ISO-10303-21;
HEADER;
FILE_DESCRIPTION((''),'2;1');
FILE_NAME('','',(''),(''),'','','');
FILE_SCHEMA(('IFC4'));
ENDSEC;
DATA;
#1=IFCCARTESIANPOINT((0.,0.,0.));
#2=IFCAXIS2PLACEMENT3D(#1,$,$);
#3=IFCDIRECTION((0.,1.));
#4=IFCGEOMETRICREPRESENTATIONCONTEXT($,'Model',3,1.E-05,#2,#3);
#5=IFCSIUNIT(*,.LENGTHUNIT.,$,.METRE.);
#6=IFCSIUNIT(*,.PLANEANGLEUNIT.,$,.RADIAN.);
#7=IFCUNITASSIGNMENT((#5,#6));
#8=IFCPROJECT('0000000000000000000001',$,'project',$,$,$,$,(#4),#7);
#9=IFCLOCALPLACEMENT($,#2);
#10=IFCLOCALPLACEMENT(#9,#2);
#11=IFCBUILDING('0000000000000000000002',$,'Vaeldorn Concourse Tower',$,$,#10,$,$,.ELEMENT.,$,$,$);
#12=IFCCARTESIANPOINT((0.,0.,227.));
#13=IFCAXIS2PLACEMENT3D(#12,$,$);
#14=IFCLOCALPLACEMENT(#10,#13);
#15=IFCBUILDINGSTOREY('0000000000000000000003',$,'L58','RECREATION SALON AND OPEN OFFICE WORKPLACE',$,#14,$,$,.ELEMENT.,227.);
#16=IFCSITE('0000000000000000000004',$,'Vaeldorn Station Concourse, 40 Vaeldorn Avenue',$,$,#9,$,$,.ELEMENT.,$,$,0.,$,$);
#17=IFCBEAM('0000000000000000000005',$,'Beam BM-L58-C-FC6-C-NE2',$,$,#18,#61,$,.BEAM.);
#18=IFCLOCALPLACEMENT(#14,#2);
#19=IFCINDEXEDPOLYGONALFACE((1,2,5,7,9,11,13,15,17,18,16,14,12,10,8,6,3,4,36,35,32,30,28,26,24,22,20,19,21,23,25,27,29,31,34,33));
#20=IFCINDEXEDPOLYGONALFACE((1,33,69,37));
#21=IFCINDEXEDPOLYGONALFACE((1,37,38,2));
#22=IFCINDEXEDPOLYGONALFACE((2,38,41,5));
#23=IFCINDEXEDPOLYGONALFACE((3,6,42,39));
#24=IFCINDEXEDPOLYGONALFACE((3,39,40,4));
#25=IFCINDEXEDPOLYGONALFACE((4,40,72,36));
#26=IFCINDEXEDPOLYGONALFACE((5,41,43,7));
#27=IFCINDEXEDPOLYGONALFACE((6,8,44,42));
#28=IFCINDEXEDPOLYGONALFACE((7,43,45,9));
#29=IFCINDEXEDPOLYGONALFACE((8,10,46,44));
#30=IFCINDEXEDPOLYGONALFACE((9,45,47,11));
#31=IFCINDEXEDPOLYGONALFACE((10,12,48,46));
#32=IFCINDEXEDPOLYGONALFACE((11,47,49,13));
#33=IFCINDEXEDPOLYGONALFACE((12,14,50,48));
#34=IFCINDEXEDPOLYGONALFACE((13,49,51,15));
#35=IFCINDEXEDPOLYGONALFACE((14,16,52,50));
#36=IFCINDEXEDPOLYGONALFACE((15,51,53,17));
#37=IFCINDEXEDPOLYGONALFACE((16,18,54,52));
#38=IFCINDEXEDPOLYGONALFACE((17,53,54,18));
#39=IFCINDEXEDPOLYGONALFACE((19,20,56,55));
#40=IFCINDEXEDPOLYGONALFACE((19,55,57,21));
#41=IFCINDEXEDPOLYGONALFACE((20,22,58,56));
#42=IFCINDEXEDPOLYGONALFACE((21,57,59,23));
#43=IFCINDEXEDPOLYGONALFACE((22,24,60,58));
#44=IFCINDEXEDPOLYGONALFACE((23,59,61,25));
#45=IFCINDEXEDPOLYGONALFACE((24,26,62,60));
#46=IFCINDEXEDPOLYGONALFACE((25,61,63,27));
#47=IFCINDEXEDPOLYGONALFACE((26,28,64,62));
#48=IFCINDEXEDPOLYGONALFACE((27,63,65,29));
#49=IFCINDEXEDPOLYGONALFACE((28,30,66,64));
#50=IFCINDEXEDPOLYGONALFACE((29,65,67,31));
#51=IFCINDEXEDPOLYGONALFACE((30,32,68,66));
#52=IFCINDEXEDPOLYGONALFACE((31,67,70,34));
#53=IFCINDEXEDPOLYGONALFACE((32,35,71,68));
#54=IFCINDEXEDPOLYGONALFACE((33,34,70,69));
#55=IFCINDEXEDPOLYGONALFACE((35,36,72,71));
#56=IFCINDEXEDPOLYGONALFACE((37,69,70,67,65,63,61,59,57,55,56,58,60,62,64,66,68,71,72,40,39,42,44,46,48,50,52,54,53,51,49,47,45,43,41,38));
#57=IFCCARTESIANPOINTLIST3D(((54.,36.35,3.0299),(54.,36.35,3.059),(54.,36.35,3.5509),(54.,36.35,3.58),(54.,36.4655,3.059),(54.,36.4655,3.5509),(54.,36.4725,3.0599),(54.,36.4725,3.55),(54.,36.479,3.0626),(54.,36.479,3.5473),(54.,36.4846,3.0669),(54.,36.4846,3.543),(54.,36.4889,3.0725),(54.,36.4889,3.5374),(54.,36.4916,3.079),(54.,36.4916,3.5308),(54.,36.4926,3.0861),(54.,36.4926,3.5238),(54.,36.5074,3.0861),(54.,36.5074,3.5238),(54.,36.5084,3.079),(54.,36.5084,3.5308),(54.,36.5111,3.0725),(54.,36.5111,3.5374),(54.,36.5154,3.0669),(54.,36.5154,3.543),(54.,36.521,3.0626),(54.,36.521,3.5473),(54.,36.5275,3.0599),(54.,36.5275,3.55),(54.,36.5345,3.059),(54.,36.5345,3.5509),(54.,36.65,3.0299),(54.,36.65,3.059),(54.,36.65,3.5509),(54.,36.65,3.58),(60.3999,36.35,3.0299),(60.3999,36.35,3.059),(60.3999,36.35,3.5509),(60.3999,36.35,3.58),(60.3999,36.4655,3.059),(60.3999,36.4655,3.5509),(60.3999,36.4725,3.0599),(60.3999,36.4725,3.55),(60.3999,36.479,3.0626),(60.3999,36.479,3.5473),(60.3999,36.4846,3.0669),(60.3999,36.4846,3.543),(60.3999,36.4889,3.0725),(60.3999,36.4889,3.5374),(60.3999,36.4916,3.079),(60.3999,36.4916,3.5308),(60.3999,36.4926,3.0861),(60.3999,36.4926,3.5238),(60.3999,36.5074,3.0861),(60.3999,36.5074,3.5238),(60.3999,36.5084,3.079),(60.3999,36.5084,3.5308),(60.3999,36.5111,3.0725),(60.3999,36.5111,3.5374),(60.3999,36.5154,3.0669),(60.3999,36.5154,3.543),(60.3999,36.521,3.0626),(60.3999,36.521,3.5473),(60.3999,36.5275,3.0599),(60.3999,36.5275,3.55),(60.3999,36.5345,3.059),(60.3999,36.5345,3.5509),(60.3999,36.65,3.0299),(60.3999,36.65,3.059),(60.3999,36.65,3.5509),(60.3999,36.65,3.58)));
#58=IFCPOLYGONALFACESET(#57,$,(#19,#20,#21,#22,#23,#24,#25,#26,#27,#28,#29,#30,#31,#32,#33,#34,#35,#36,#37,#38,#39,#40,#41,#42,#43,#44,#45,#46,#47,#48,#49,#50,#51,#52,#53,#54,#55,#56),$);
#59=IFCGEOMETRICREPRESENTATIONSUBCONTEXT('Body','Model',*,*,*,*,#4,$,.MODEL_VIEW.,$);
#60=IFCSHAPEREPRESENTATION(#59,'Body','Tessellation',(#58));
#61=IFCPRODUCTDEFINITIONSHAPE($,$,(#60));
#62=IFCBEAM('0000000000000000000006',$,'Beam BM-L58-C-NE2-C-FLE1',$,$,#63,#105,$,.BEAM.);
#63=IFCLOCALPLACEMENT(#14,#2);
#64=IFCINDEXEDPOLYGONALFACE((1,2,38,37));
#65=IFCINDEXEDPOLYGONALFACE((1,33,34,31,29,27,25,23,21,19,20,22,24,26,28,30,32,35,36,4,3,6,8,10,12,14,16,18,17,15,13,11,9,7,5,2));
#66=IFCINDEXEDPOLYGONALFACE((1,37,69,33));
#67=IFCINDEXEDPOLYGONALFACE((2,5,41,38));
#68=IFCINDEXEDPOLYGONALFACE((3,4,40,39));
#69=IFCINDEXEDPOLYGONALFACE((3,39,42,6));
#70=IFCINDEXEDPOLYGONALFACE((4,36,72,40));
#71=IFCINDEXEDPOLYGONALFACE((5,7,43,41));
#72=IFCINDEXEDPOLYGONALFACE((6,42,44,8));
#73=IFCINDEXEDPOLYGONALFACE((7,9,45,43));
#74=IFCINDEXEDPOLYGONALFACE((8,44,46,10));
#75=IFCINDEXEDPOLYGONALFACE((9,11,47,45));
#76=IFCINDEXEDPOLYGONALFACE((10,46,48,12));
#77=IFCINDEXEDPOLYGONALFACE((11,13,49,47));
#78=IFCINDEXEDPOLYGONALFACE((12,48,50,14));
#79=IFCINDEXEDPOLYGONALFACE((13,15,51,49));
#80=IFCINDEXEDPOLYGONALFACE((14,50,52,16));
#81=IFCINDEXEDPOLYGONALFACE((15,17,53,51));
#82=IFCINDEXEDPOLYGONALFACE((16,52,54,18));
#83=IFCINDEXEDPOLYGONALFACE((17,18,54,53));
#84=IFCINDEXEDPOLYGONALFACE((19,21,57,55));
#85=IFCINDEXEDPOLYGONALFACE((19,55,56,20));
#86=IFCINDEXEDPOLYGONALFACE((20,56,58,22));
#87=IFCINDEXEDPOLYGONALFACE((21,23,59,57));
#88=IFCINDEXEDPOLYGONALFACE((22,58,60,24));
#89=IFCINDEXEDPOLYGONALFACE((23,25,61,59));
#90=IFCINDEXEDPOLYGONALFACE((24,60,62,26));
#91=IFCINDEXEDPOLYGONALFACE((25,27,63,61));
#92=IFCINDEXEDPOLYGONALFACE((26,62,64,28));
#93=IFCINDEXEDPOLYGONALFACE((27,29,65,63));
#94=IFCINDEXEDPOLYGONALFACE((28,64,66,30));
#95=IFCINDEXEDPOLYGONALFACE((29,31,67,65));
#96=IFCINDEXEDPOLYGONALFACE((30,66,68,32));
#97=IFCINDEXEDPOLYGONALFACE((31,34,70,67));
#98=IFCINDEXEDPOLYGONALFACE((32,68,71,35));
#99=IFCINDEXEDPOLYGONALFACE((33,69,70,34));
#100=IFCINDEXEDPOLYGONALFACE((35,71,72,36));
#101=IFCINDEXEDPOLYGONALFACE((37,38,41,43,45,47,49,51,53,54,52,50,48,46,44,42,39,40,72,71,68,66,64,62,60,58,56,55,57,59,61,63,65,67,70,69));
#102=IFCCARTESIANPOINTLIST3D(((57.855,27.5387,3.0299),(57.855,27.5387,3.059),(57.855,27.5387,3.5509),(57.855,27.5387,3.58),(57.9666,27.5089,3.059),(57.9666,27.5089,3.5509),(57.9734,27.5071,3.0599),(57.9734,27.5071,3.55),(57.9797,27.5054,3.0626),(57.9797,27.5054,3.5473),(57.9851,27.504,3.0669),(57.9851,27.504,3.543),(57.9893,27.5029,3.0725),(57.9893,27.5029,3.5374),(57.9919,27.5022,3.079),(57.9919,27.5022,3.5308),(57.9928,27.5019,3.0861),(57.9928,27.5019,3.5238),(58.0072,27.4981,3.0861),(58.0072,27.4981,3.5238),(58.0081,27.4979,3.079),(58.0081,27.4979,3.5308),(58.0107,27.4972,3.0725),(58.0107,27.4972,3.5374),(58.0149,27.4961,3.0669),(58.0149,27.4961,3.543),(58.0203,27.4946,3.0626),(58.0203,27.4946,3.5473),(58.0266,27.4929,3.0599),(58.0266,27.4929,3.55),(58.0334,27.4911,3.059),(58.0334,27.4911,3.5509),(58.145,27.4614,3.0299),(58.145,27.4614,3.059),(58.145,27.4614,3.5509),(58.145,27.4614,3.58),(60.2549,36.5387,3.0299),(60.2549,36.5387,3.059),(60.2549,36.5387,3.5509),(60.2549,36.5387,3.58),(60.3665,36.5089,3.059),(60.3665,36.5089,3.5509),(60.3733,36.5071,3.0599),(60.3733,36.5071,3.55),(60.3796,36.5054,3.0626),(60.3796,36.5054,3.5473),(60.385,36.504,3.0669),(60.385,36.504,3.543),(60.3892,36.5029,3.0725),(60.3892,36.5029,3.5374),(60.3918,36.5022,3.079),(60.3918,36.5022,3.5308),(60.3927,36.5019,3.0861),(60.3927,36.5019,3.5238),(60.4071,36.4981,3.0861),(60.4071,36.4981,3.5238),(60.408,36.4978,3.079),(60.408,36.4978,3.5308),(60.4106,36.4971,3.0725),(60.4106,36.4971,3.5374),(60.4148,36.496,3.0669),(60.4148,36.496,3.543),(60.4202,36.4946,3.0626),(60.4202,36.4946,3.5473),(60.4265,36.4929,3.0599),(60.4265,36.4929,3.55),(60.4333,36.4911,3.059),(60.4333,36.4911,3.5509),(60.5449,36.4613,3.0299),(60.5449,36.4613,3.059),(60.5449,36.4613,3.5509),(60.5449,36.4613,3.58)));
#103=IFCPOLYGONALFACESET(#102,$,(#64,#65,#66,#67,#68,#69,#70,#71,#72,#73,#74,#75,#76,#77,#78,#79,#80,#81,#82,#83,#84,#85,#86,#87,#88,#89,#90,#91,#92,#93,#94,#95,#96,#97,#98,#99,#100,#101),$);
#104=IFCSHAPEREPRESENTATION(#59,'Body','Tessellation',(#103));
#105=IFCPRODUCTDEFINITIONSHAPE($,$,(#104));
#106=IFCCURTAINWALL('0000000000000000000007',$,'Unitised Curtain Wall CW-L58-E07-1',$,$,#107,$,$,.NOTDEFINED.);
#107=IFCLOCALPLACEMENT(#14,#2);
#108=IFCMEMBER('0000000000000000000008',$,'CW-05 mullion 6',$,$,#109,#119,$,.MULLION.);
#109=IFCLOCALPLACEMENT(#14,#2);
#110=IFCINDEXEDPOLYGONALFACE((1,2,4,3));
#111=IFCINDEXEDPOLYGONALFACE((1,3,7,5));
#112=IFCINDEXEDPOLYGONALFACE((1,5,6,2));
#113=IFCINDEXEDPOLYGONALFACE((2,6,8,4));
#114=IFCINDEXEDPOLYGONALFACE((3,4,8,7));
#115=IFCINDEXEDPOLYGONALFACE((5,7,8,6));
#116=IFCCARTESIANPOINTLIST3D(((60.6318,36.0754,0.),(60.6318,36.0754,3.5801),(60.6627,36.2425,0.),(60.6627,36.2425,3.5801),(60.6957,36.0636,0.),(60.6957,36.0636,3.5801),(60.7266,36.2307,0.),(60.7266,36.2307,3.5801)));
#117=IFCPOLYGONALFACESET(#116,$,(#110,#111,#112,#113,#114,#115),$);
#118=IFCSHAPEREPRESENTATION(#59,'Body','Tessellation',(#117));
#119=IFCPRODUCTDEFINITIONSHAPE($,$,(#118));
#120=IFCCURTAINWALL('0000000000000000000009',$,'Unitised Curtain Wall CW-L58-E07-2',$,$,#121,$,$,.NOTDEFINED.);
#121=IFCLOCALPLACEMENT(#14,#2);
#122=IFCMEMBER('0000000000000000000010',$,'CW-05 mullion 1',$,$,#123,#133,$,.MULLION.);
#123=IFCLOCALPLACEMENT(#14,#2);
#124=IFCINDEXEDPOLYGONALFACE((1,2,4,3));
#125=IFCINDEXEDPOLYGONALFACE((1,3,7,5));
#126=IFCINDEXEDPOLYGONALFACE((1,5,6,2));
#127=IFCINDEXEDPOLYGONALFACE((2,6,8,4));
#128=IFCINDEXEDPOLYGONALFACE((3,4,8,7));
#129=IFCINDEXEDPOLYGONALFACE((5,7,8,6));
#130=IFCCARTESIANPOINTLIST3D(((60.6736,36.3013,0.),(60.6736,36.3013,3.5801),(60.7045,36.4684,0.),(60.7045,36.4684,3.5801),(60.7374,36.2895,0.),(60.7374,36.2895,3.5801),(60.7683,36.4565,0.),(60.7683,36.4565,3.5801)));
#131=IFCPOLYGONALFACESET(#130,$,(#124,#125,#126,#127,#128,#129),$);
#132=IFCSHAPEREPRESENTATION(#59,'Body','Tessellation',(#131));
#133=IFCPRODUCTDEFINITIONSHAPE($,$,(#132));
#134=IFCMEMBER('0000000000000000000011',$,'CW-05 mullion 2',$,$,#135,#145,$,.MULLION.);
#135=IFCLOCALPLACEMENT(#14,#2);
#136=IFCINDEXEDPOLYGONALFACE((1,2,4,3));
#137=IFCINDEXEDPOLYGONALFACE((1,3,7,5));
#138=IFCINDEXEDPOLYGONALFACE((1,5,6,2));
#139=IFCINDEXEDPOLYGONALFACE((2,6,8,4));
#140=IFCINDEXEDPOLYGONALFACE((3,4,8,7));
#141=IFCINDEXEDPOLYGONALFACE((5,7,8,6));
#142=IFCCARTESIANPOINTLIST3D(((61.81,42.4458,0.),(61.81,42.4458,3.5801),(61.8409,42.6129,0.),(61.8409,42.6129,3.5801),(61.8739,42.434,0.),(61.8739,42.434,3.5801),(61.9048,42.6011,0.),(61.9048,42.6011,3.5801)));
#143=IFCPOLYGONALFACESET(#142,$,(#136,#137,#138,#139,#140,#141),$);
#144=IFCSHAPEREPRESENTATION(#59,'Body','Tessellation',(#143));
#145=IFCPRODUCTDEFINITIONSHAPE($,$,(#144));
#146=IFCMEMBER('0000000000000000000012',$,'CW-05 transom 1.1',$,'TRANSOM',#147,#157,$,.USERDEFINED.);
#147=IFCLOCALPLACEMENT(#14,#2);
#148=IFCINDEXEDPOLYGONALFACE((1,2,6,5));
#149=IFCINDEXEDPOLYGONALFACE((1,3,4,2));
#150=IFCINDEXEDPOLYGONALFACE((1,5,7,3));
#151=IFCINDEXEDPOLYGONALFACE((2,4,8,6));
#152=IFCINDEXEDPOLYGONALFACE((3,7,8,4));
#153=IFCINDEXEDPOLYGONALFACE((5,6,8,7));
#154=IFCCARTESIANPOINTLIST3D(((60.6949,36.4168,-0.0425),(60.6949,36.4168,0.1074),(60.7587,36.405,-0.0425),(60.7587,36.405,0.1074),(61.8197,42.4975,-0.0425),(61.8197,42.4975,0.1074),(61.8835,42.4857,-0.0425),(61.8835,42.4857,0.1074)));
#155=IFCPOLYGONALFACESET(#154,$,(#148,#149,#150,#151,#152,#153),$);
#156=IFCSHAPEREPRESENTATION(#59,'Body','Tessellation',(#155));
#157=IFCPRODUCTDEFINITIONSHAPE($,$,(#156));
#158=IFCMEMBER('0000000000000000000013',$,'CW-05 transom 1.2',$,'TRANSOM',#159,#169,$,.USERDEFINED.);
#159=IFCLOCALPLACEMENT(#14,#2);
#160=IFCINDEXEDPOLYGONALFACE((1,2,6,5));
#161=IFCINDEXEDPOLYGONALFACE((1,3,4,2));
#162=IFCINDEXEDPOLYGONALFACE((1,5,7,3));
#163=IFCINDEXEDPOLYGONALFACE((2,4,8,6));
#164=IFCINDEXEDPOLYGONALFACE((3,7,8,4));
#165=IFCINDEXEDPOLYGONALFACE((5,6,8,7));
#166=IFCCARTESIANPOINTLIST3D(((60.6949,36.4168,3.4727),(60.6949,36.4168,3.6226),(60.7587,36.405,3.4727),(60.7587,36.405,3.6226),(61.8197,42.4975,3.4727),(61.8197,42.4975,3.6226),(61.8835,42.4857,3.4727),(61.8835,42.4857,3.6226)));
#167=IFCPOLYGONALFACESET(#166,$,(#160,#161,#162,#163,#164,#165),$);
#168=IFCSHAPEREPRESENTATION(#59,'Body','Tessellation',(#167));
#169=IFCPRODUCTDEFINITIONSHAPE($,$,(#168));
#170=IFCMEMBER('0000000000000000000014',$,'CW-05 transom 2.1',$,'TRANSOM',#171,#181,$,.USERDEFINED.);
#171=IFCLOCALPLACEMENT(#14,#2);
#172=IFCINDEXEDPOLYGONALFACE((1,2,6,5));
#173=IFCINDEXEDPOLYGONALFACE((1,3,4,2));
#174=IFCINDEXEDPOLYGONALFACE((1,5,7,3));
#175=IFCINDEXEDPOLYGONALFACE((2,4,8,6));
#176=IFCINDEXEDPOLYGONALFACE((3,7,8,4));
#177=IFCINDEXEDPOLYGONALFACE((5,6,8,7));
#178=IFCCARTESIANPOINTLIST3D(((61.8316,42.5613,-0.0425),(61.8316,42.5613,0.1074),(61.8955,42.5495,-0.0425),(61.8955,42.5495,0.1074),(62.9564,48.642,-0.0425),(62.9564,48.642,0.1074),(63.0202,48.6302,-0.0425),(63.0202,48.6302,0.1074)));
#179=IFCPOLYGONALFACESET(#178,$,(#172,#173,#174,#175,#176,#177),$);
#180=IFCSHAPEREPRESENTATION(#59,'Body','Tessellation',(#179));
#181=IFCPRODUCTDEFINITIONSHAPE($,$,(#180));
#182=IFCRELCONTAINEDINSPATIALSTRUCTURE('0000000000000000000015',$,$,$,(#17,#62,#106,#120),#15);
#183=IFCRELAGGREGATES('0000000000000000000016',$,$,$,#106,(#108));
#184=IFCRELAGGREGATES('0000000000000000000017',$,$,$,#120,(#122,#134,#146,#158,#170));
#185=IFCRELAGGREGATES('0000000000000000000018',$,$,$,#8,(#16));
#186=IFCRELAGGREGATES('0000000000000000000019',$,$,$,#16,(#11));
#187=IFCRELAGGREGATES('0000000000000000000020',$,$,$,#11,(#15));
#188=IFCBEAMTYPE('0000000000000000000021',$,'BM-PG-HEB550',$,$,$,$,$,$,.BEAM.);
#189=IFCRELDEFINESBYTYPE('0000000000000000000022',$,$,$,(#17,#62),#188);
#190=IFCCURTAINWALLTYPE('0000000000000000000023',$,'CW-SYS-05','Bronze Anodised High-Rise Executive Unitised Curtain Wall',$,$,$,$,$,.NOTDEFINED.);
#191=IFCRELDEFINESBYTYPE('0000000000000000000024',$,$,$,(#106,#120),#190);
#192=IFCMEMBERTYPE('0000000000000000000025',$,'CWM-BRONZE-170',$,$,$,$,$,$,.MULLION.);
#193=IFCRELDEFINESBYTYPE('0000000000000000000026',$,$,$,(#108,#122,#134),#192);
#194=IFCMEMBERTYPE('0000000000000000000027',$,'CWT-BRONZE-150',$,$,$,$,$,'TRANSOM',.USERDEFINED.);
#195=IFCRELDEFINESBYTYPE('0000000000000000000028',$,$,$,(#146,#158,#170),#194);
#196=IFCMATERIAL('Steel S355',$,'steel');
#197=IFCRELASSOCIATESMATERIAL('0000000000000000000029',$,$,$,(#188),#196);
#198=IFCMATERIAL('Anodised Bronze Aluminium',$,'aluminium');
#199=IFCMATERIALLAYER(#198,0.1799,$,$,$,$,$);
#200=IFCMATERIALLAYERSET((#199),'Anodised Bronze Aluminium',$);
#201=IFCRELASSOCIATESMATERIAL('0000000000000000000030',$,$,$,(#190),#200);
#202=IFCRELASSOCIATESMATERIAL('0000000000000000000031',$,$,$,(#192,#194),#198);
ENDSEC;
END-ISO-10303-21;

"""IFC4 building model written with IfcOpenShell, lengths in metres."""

from ifc_helpers import new_model, si_unit, direction, frame, origin, origin_2d, place, context, subcontext, project, spatial, rectangle, i_section, extrude, source, transform, mapped, material, layer, layer_set, material_profile, profile_set, type_object, element, aggregate, save


model = new_model("IFC4")

# Units and contexts
model_context = context("Model", 3, precision=1e-05, world=origin(), true_north=direction((0.0, 1.0)))
body_context = subcontext(model_context, "Body", "Model", "MODEL_VIEW")
ifc_project = project(units=[si_unit("LENGTHUNIT", "METRE"), si_unit("PLANEANGLEUNIT", "RADIAN")], contexts=[model_context])

# Site, building, storey
site_placement = place(None, origin())
site = spatial("IfcSite", under=ifc_project, at=site_placement, Name="Vaeldorn Station Concourse, 40 Vaeldorn Avenue", CompositionType="ELEMENT", RefElevation=0.0)
building_placement = place(site_placement, origin())
building = spatial("IfcBuilding", under=site, at=building_placement, Name="Vaeldorn Concourse Tower", CompositionType="ELEMENT")
storey_placement = place(building_placement, frame((0.0, 0.0, 227.0)))
storey = spatial("IfcBuildingStorey", under=building, at=storey_placement, Name="L58", Description="RECREATION SALON AND OPEN OFFICE WORKPLACE", CompositionType="ELEMENT", Elevation=227.0)

# Shared definitions
ifc_material_1 = material(Name="Steel S355", Category="steel")

# Beams
ifc_material_profile_1 = material_profile(ifc_material_1, i_section(OverallWidth=0.3, OverallDepth=0.55, WebThickness=0.0149, FlangeThickness=0.0291, FilletRadius=0.0271, at=origin_2d()), Name="HEB 550")
ifc_profile_set_1 = profile_set([ifc_material_profile_1], Name="Steel S355")
beam_type_1 = type_object("IfcBeamType", Name="BM-PG-HEB550", PredefinedType="BEAM", material=ifc_profile_set_1)
shared_shape_1 = source(origin(), body_context, "Body", "SweptSolid", [
    extrude(i_section(OverallWidth=0.3, OverallDepth=0.55, WebThickness=0.0149, FlangeThickness=0.0291, FilletRadius=0.0271, at=origin_2d()), origin(), (0.0, 0.0, 1.0), 6.3999),
])
beam_1_placement = place(storey_placement, frame((54.0, 36.5, 3.3049), z_axis=(1.0, 0.0, 0.0), x_axis=(0.0, 1.0, 0.0)))
element("IfcBeam", 1, at=beam_1_placement, inside=storey, type_object=beam_type_1, Name="Beam BM-L58-C-FC6-C-NE2", PredefinedType="BEAM", context=body_context, shape_type="MappedRepresentation", body=[
    mapped(shared_shape_1, transform((0.0, 0.0, 0.0), scale=1.0)),
])
shared_shape_2 = source(origin(), body_context, "Body", "SweptSolid", [
    extrude(i_section(OverallWidth=0.3, OverallDepth=0.55, WebThickness=0.0149, FlangeThickness=0.0291, FilletRadius=0.0271, at=origin_2d()), origin(), (0.0, 0.0, 1.0), 9.3145),
])
beam_2_placement = place(storey_placement, frame((60.3999, 36.5, 3.3049), z_axis=(-0.257653, -0.966238, 0.0), x_axis=(0.966238, -0.257653, 0.0)))
element("IfcBeam", 2, at=beam_2_placement, inside=storey, type_object=beam_type_1, Name="Beam BM-L58-C-NE2-C-FLE1", PredefinedType="BEAM", context=body_context, shape_type="MappedRepresentation", body=[
    mapped(shared_shape_2, transform((0.0, 0.0, 0.0), scale=1.0)),
])

# Curtain wall, member
ifc_material_2 = material(Name="Anodised Bronze Aluminium", Category="aluminium")
ifc_layer_1 = layer(ifc_material_2, 0.1799)
ifc_layer_set_1 = layer_set([ifc_layer_1], Name="Anodised Bronze Aluminium")
curtain_wall_type = type_object("IfcCurtainWallType", Name="CW-SYS-05", Description="Bronze Anodised High-Rise Executive Unitised Curtain Wall", PredefinedType="NOTDEFINED", material=ifc_layer_set_1)
curtain_wall_1_placement = place(storey_placement, origin())
curtain_wall_1 = element("IfcCurtainWall", 3, at=curtain_wall_1_placement, inside=storey, type_object=curtain_wall_type, Name="Unitised Curtain Wall CW-L58-E07-1", PredefinedType="NOTDEFINED")
ifc_material_profile_2 = material_profile(ifc_material_2, rectangle(XDim=0.0649, YDim=0.1699, at=origin_2d()), Name="CWM 65x170")
ifc_profile_set_2 = profile_set([ifc_material_profile_2], Name="Anodised Bronze Aluminium")
member_type_1 = type_object("IfcMemberType", Name="CWM-BRONZE-170", PredefinedType="MULLION", material=ifc_profile_set_2)
shared_shape_3 = source(origin(), body_context, "Body", "SweptSolid", [
    extrude(rectangle(XDim=0.0649, YDim=0.1699, at=origin_2d()), origin(), (0.0, 0.0, 1.0), 3.5801),
])
member_1_placement = place(storey_placement, frame((60.6792, 36.1531, 0.0), z_axis=(0.0, 0.0, 1.0), x_axis=(-0.983319, 0.18189, 0.0)))
member_1 = element("IfcMember", 4, at=member_1_placement, type_object=member_type_1, Name="CW-05 mullion 6", PredefinedType="MULLION", context=body_context, shape_type="MappedRepresentation", body=[
    mapped(shared_shape_3, transform((0.0, 0.0, 0.0), scale=1.0)),
])
aggregate(curtain_wall_1, [member_1])

# Curtain wall, members
curtain_wall_2_placement = place(storey_placement, origin())
curtain_wall_2 = element("IfcCurtainWall", 5, at=curtain_wall_2_placement, inside=storey, type_object=curtain_wall_type, Name="Unitised Curtain Wall CW-L58-E07-2", PredefinedType="NOTDEFINED")
member_2_placement = place(storey_placement, frame((60.7209, 36.3789, 0.0), z_axis=(0.0, 0.0, 1.0), x_axis=(-0.983319, 0.181888, 0.0)))
member_2 = element("IfcMember", 6, at=member_2_placement, type_object=member_type_1, Name="CW-05 mullion 1", PredefinedType="MULLION", context=body_context, shape_type="MappedRepresentation", body=[
    mapped(shared_shape_3, transform((0.0, 0.0, 0.0), scale=1.0)),
])
member_3_placement = place(storey_placement, frame((61.8574, 42.5234, 0.0), z_axis=(0.0, 0.0, 1.0), x_axis=(-0.983319, 0.181888, 0.0)))
member_3 = element("IfcMember", 7, at=member_3_placement, type_object=member_type_1, Name="CW-05 mullion 2", PredefinedType="MULLION", context=body_context, shape_type="MappedRepresentation", body=[
    mapped(shared_shape_3, transform((0.0, 0.0, 0.0), scale=1.0)),
])
ifc_material_profile_3 = material_profile(ifc_material_2, rectangle(XDim=0.0649, YDim=0.1499, at=origin_2d()), Name="CWT 65x150")
ifc_profile_set_3 = profile_set([ifc_material_profile_3], Name="Anodised Bronze Aluminium")
member_type_2 = type_object("IfcMemberType", Name="CWT-BRONZE-150", ElementType="TRANSOM", PredefinedType="USERDEFINED", material=ifc_profile_set_3)
shared_shape_4 = source(origin(), body_context, "Body", "SweptSolid", [
    extrude(rectangle(XDim=0.0649, YDim=0.1499, at=origin_2d()), origin(), (0.0, 0.0, 1.0), 6.1838),
])
member_4_placement = place(storey_placement, frame((60.7268, 36.4109, 0.0325), z_axis=(0.18189, 0.983319, 0.0), x_axis=(-0.983319, 0.18189, 0.0)))
member_4 = element("IfcMember", 8, at=member_4_placement, type_object=member_type_2, Name="CW-05 transom 1.1", ObjectType="TRANSOM", PredefinedType="USERDEFINED", context=body_context, shape_type="MappedRepresentation", body=[
    mapped(shared_shape_4, transform((0.0, 0.0, 0.0), scale=1.0)),
])
member_5_placement = place(storey_placement, frame((60.7268, 36.4109, 3.5476), z_axis=(0.18189, 0.983319, 0.0), x_axis=(-0.983319, 0.18189, 0.0)))
member_5 = element("IfcMember", 9, at=member_5_placement, type_object=member_type_2, Name="CW-05 transom 1.2", ObjectType="TRANSOM", PredefinedType="USERDEFINED", context=body_context, shape_type="MappedRepresentation", body=[
    mapped(shared_shape_4, transform((0.0, 0.0, 0.0), scale=1.0)),
])
member_6_placement = place(storey_placement, frame((61.8635, 42.5554, 0.0325), z_axis=(0.18189, 0.983319, 0.0), x_axis=(-0.983319, 0.18189, 0.0)))
member_6 = element("IfcMember", 10, at=member_6_placement, type_object=member_type_2, Name="CW-05 transom 2.1", ObjectType="TRANSOM", PredefinedType="USERDEFINED", context=body_context, shape_type="MappedRepresentation", body=[
    mapped(shared_shape_4, transform((0.0, 0.0, 0.0), scale=1.0)),
])
aggregate(curtain_wall_2, [member_2, member_3, member_4, member_5, member_6])

save(model, "model.ifc")
